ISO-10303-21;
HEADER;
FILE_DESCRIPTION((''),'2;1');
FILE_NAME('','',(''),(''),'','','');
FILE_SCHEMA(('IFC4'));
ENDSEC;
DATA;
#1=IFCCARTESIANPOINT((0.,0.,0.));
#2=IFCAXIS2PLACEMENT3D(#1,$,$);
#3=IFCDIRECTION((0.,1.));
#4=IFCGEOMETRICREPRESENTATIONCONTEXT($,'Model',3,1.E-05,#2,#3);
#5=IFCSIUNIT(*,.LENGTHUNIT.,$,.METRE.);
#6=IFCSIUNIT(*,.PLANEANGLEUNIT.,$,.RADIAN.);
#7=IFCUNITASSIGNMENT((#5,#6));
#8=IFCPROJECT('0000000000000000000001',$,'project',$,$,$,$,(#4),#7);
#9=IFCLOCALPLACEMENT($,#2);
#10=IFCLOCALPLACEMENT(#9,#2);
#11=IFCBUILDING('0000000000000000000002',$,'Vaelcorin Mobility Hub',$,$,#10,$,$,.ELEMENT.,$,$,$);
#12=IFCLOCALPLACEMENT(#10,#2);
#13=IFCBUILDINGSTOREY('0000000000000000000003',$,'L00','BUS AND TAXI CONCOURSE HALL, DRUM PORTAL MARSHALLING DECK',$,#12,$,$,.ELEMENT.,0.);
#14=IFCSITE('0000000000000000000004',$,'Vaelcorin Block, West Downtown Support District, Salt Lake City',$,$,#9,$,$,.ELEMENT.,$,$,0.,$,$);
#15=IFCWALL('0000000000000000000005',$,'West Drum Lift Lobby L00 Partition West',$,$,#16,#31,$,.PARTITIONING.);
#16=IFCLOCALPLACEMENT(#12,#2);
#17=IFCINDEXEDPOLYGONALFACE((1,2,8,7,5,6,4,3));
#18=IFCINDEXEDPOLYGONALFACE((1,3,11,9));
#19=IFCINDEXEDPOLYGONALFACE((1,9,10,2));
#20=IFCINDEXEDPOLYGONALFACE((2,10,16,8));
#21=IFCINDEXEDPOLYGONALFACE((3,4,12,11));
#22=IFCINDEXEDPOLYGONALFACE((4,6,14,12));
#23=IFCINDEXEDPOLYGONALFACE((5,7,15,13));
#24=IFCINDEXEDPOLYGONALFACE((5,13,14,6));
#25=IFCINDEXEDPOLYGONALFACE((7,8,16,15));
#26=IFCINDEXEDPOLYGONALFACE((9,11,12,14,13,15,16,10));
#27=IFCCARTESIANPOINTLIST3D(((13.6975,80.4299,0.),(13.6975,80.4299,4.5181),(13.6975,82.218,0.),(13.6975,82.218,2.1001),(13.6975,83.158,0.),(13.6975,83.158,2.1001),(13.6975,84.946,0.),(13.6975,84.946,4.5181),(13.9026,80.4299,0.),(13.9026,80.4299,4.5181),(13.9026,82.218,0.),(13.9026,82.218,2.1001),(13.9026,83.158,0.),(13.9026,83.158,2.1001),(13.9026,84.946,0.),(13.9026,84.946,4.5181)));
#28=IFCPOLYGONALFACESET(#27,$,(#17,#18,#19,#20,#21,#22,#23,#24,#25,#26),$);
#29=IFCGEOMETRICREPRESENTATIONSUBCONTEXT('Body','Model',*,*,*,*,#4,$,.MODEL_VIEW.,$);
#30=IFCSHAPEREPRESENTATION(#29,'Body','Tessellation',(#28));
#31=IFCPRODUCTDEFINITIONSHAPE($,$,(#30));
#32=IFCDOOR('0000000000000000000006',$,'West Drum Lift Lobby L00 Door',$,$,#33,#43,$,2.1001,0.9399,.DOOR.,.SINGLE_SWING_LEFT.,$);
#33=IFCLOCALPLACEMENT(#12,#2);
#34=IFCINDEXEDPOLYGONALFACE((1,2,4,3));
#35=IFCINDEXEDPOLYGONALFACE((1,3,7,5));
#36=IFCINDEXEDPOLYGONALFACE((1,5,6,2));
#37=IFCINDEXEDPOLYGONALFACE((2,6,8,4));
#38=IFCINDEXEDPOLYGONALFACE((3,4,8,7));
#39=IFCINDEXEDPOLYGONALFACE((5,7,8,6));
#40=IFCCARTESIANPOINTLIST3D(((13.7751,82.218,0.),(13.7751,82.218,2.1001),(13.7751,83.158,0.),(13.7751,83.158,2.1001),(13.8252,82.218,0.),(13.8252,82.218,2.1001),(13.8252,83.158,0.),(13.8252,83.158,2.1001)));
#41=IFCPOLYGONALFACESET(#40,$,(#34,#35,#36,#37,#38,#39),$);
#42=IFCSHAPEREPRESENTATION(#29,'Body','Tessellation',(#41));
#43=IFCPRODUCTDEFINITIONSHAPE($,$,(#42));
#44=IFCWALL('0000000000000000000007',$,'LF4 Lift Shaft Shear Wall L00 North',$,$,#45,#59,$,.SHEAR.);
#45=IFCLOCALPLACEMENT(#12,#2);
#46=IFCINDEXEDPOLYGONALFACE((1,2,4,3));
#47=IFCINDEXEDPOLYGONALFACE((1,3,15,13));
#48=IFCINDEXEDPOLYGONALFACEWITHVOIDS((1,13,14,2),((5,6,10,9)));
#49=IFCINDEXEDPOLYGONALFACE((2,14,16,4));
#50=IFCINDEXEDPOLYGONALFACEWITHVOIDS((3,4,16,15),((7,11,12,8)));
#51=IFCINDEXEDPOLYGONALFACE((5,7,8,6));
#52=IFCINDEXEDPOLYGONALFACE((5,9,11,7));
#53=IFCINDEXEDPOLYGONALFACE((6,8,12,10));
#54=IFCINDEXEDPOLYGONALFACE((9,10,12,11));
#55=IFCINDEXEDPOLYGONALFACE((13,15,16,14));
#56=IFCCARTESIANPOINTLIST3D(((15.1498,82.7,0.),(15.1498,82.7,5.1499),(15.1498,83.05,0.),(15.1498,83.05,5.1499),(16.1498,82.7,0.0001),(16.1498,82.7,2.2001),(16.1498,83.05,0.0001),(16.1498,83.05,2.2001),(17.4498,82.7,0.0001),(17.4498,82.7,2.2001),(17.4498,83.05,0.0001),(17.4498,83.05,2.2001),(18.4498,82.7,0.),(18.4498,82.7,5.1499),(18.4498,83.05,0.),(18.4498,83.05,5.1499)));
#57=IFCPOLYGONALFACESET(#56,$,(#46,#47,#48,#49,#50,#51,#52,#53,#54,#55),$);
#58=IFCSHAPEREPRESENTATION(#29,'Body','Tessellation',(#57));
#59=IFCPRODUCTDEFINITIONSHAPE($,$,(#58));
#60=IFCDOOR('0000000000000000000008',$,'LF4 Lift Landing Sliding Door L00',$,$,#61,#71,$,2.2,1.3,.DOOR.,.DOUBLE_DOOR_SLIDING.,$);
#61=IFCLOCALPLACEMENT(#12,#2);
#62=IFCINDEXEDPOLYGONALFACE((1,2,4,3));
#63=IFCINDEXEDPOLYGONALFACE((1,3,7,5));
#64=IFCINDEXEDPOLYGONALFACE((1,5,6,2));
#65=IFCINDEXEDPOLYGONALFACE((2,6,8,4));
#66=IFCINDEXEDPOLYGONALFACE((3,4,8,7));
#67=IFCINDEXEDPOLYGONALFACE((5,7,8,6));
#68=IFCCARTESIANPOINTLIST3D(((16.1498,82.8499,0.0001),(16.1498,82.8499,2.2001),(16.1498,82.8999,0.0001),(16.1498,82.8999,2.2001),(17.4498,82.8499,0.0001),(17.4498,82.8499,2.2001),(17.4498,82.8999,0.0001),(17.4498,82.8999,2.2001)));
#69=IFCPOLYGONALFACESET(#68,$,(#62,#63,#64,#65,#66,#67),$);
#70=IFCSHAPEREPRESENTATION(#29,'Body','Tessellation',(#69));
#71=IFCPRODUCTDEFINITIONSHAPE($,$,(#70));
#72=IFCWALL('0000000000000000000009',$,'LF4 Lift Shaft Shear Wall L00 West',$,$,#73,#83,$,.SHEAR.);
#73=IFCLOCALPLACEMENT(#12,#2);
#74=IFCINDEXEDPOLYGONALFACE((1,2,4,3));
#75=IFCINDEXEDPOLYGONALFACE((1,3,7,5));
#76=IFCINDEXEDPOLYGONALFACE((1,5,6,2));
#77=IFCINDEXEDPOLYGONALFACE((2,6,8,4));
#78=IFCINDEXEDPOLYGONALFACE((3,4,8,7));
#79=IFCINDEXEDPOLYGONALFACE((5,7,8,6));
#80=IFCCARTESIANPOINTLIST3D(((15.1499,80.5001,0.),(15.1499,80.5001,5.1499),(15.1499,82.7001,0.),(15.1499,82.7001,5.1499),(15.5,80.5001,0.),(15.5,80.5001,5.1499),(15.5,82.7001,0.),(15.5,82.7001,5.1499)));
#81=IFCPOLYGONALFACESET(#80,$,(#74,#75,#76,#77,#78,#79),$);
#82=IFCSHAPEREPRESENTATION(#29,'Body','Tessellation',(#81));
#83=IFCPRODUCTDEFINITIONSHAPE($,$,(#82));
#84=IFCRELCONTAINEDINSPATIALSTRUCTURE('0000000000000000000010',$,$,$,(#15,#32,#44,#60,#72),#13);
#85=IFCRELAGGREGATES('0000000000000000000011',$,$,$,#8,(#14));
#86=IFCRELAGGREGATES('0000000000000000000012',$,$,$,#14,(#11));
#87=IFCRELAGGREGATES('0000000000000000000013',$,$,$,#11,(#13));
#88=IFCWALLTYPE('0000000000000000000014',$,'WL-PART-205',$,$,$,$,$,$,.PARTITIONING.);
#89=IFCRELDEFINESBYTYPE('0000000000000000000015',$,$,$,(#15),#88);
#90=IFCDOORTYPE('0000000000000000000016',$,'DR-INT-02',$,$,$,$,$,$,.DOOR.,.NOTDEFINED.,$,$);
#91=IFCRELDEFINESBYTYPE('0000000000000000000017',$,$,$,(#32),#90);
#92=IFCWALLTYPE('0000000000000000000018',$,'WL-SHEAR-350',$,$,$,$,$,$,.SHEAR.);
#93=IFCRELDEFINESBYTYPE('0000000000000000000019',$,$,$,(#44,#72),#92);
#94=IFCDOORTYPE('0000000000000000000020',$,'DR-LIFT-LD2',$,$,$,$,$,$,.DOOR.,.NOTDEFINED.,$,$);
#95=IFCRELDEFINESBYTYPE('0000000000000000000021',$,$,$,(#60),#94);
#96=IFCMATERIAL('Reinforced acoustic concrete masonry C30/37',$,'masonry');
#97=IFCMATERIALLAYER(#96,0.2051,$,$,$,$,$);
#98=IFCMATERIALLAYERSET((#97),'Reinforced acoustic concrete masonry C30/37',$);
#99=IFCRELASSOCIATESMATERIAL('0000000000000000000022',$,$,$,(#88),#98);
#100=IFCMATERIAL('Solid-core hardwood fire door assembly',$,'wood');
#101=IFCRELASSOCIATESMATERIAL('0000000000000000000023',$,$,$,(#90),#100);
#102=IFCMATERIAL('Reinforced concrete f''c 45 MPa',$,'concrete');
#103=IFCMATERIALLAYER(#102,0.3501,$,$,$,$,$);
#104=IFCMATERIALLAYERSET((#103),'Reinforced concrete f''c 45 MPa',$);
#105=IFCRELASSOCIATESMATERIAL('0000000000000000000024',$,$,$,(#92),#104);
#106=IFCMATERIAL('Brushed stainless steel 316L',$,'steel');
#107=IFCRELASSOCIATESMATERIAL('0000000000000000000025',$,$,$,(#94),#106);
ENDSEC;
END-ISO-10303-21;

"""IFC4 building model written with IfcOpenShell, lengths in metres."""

from ifc_helpers import new_model, si_unit, direction, frame, frame_2d, origin, place, context, subcontext, project, spatial, rectangle, extrude, material, layer, layer_set, type_object, element, fill, save


model = new_model("IFC4")

# Units and contexts
model_context = context("Model", 3, precision=1e-05, world=origin(), true_north=direction((0.0, 1.0)))
body_context = subcontext(model_context, "Body", "Model", "MODEL_VIEW")
ifc_project = project(units=[si_unit("LENGTHUNIT", "METRE"), si_unit("PLANEANGLEUNIT", "RADIAN")], contexts=[model_context])

# Site, building, storey
site_placement = place(None, origin())
site = spatial("IfcSite", under=ifc_project, at=site_placement, Name="Vaelcorin Block, West Downtown Support District, Salt Lake City", CompositionType="ELEMENT", RefElevation=0.0)
building_placement = place(site_placement, origin())
building = spatial("IfcBuilding", under=site, at=building_placement, Name="Vaelcorin Mobility Hub", CompositionType="ELEMENT")
storey_placement = place(building_placement, origin())
storey = spatial("IfcBuildingStorey", under=building, at=storey_placement, Name="L00", Description="BUS AND TAXI CONCOURSE HALL, DRUM PORTAL MARSHALLING DECK", CompositionType="ELEMENT", Elevation=0.0)

# Shared definitions
ifc_material_1 = material(Name="Reinforced acoustic concrete masonry C30/37", Category="masonry")
ifc_layer_1 = layer(ifc_material_1, 0.2051)
ifc_layer_set_1 = layer_set([ifc_layer_1], Name="Reinforced acoustic concrete masonry C30/37")
wall_type_1 = type_object("IfcWallType", Name="WL-PART-205", PredefinedType="PARTITIONING", material=ifc_layer_set_1)

# Walls, openings, doors
wall_1_placement = place(storey_placement, frame((13.8, 80.4299, 0.0), z_axis=(0.0, 0.0, 1.0), x_axis=(0.0, 1.0, 0.0)))
wall_1 = element("IfcWall", 1, at=wall_1_placement, inside=storey, type_object=wall_type_1, Name="West Drum Lift Lobby L00 Partition West", PredefinedType="PARTITIONING", context=body_context, shape_type="SweptSolid", body=[
    extrude(rectangle(XDim=4.5161, YDim=0.2051, at=frame_2d((2.2581, 0.0))), origin(), (0.0, 0.0, 1.0), 4.5181),
])
opening_1_placement = place(wall_1_placement, frame((1.7881, 0.0, 0.0)))
opening_1 = element("IfcOpeningElement", 2, at=opening_1_placement, cuts=wall_1, PredefinedType="OPENING", context=body_context, shape_type="SweptSolid", body=[
    extrude(rectangle(XDim=0.9399, YDim=2.1001, at=frame_2d((0.47, 1.05))), frame((0.0, 0.1125, 0.0), z_axis=(0.0, -1.0, 0.0), x_axis=(1.0, 0.0, 0.0)), (0.0, 0.0, 1.0), 0.2251),
])
ifc_material_2 = material(Name="Solid-core hardwood fire door assembly", Category="wood")
door_type_1 = type_object("IfcDoorType", Name="DR-INT-02", OperationType="NOTDEFINED", PredefinedType="DOOR", material=ifc_material_2)
door_1_placement = place(opening_1_placement, origin())
door_1 = element("IfcDoor", 3, at=door_1_placement, inside=storey, type_object=door_type_1, Name="West Drum Lift Lobby L00 Door", OperationType="SINGLE_SWING_LEFT", OverallHeight=2.1001, OverallWidth=0.9399, PredefinedType="DOOR", context=body_context, shape_type="SweptSolid", body=[
    extrude(rectangle(XDim=0.9399, YDim=2.1001, at=frame_2d((0.47, 1.05))), frame((0.0, 0.0249, 0.0), z_axis=(0.0, -1.0, 0.0), x_axis=(1.0, 0.0, 0.0)), (0.0, 0.0, 1.0), 0.05),
])
fill(opening_1, door_1)
ifc_material_3 = material(Name="Reinforced concrete f'c 45 MPa", Category="concrete")
ifc_layer_2 = layer(ifc_material_3, 0.3501)
ifc_layer_set_2 = layer_set([ifc_layer_2], Name="Reinforced concrete f'c 45 MPa")
wall_type_2 = type_object("IfcWallType", Name="WL-SHEAR-350", PredefinedType="SHEAR", material=ifc_layer_set_2)
wall_2_placement = place(storey_placement, frame((15.1499, 82.875, 0.0), z_axis=(0.0, 0.0, 1.0), x_axis=(1.0, 0.0, 0.0)))
wall_2 = element("IfcWall", 4, at=wall_2_placement, inside=storey, type_object=wall_type_2, Name="LF4 Lift Shaft Shear Wall L00 North", PredefinedType="SHEAR", context=body_context, shape_type="SweptSolid", body=[
    extrude(rectangle(XDim=3.3, YDim=0.3501, at=frame_2d((1.6499, 0.0))), origin(), (0.0, 0.0, 1.0), 5.1499),
])
opening_2_placement = place(wall_2_placement, frame((1.0, 0.0, 0.0)))
opening_2 = element("IfcOpeningElement", 5, at=opening_2_placement, cuts=wall_2, PredefinedType="OPENING", context=body_context, shape_type="SweptSolid", body=[
    extrude(rectangle(XDim=1.3, YDim=2.2, at=frame_2d((0.6499, 1.1001))), frame((0.0, 0.1851, 0.0), z_axis=(0.0, -1.0, 0.0), x_axis=(1.0, 0.0, 0.0)), (0.0, 0.0, 1.0), 0.3701),
])
ifc_material_4 = material(Name="Brushed stainless steel 316L", Category="steel")
door_type_2 = type_object("IfcDoorType", Name="DR-LIFT-LD2", OperationType="NOTDEFINED", PredefinedType="DOOR", material=ifc_material_4)
door_2_placement = place(opening_2_placement, origin())
door_2 = element("IfcDoor", 6, at=door_2_placement, inside=storey, type_object=door_type_2, Name="LF4 Lift Landing Sliding Door L00", OperationType="DOUBLE_DOOR_SLIDING", OverallHeight=2.2, OverallWidth=1.3, PredefinedType="DOOR", context=body_context, shape_type="SweptSolid", body=[
    extrude(rectangle(XDim=1.3, YDim=2.2, at=frame_2d((0.6499, 1.1001))), frame((0.0, 0.0249, 0.0), z_axis=(0.0, -1.0, 0.0), x_axis=(1.0, 0.0, 0.0)), (0.0, 0.0, 1.0), 0.05),
])
fill(opening_2, door_2)

# Wall
wall_3_placement = place(storey_placement, frame((15.325, 80.5, 0.0), z_axis=(0.0, 0.0, 1.0), x_axis=(0.0, 1.0, 0.0)))
element("IfcWall", 7, at=wall_3_placement, inside=storey, type_object=wall_type_2, Name="LF4 Lift Shaft Shear Wall L00 West", PredefinedType="SHEAR", context=body_context, shape_type="SweptSolid", body=[
    extrude(rectangle(XDim=2.2, YDim=0.3501, at=frame_2d((1.1001, 0.0))), origin(), (0.0, 0.0, 1.0), 5.1499),
])

save(model, "model.ifc")
